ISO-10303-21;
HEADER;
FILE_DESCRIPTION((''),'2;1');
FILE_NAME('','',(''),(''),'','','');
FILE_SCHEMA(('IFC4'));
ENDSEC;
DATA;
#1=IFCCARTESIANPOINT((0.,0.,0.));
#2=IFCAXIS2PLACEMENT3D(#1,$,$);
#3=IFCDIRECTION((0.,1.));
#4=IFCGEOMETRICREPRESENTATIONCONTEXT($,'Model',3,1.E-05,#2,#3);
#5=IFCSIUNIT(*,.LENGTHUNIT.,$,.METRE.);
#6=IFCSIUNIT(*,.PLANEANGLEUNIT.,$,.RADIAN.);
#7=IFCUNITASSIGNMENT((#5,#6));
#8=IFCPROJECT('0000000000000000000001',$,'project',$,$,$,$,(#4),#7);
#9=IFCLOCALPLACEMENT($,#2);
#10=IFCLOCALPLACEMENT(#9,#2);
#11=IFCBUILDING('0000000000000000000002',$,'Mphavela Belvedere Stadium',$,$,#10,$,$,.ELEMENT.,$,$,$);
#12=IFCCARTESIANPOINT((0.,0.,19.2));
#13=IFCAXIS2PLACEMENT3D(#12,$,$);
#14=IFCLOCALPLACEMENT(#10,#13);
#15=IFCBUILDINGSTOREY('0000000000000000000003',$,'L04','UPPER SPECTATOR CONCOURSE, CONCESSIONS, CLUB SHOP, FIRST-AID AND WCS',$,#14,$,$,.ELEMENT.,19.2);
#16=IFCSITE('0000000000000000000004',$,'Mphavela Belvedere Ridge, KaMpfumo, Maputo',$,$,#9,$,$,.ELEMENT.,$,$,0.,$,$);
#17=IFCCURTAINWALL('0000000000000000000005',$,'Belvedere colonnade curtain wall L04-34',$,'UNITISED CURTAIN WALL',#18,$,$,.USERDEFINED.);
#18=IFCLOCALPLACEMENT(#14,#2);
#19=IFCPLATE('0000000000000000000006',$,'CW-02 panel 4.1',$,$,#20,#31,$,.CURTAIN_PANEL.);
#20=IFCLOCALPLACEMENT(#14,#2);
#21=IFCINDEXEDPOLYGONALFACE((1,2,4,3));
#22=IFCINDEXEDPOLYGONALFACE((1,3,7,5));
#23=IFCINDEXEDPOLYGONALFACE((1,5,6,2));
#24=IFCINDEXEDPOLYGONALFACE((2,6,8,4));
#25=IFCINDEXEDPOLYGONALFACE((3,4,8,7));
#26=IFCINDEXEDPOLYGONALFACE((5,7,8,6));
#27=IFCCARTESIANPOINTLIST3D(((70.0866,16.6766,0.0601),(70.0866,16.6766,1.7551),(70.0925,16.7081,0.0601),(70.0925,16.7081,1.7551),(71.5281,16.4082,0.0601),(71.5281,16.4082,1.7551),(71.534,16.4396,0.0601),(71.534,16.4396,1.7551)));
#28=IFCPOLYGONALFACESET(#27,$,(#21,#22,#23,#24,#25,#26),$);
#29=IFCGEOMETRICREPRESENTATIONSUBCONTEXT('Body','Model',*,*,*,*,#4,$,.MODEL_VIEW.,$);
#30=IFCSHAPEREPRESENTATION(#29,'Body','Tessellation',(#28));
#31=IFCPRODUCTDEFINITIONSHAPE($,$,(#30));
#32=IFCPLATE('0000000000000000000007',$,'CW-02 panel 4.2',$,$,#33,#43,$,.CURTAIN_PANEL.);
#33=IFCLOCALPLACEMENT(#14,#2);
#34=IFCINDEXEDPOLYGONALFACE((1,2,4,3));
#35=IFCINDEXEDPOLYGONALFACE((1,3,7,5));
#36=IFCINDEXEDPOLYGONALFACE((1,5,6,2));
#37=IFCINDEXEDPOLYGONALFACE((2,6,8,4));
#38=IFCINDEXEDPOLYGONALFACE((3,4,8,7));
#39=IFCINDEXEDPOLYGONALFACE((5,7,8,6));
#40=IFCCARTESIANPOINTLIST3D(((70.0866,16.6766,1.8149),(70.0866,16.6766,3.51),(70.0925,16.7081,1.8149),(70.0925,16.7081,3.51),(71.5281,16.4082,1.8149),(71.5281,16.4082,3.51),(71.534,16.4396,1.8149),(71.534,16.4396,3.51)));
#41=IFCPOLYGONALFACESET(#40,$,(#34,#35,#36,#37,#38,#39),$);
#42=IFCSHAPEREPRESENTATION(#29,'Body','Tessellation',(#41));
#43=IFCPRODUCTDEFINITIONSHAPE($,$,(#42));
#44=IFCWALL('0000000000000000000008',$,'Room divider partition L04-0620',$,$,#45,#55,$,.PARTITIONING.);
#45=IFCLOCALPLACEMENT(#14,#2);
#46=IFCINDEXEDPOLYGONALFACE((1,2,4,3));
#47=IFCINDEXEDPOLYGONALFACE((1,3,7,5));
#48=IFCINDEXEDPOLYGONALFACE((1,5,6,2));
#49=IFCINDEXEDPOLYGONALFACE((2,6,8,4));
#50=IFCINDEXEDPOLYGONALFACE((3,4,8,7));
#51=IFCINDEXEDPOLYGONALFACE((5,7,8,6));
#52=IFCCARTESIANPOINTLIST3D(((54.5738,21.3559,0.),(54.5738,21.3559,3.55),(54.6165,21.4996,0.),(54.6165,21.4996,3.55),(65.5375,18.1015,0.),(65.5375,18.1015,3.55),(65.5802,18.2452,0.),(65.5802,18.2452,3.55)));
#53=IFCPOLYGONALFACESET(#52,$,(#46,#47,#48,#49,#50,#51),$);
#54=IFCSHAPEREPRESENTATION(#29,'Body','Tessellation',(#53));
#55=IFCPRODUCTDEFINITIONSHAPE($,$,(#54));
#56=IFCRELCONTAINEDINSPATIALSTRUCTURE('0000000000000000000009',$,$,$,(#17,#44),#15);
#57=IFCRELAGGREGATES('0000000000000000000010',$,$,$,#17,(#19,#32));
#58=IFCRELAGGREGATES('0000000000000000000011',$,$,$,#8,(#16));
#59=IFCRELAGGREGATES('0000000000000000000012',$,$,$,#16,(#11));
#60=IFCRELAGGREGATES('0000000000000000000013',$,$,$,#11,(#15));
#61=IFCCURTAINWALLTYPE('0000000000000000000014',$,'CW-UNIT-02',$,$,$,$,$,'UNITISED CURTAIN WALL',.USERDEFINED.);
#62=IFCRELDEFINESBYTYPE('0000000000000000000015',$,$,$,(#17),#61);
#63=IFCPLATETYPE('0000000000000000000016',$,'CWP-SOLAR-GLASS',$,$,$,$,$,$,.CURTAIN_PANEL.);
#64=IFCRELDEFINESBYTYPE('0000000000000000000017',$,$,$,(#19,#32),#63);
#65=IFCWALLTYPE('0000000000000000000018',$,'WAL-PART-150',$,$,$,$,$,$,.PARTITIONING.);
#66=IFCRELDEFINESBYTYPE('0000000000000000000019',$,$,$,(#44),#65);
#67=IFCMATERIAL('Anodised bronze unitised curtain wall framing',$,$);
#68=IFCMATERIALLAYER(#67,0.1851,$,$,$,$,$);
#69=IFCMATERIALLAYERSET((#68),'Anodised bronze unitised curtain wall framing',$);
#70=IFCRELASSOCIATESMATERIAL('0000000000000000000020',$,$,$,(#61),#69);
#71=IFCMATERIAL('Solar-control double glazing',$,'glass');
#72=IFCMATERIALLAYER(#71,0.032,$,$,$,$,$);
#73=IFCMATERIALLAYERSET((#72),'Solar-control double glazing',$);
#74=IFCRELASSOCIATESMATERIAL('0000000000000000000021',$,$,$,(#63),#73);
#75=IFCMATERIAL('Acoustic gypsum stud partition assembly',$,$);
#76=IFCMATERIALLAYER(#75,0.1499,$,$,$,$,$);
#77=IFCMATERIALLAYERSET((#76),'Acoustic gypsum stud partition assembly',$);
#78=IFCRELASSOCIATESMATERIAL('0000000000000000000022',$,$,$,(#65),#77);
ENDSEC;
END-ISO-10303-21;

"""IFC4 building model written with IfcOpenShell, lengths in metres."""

from ifc_helpers import new_model, si_unit, direction, frame, frame_2d, origin, origin_2d, place, context, subcontext, project, spatial, rectangle, extrude, material, layer, layer_set, type_object, element, aggregate, save


model = new_model("IFC4")

# Units and contexts
model_context = context("Model", 3, precision=1e-05, world=origin(), true_north=direction((0.0, 1.0)))
body_context = subcontext(model_context, "Body", "Model", "MODEL_VIEW")
ifc_project = project(units=[si_unit("LENGTHUNIT", "METRE"), si_unit("PLANEANGLEUNIT", "RADIAN")], contexts=[model_context])

# Site, building, storey
site_placement = place(None, origin())
site = spatial("IfcSite", under=ifc_project, at=site_placement, Name="Mphavela Belvedere Ridge, KaMpfumo, Maputo", CompositionType="ELEMENT", RefElevation=0.0)
building_placement = place(site_placement, origin())
building = spatial("IfcBuilding", under=site, at=building_placement, Name="Mphavela Belvedere Stadium", CompositionType="ELEMENT")
storey_placement = place(building_placement, frame((0.0, 0.0, 19.2)))
storey = spatial("IfcBuildingStorey", under=building, at=storey_placement, Name="L04", Description="UPPER SPECTATOR CONCOURSE, CONCESSIONS, CLUB SHOP, FIRST-AID AND WCS", CompositionType="ELEMENT", Elevation=19.2)

# Curtain wall, plates
ifc_material_1 = material(Name="Anodised bronze unitised curtain wall framing")
ifc_layer_1 = layer(ifc_material_1, 0.1851)
ifc_layer_set_1 = layer_set([ifc_layer_1], Name="Anodised bronze unitised curtain wall framing")
curtain_wall_type = type_object("IfcCurtainWallType", Name="CW-UNIT-02", ElementType="UNITISED CURTAIN WALL", PredefinedType="USERDEFINED", material=ifc_layer_set_1)
curtain_wall_placement = place(storey_placement, origin())
curtain_wall = element("IfcCurtainWall", 1, at=curtain_wall_placement, inside=storey, type_object=curtain_wall_type, Name="Belvedere colonnade curtain wall L04-34", ObjectType="UNITISED CURTAIN WALL", PredefinedType="USERDEFINED")
ifc_material_2 = material(Name="Solar-control double glazing", Category="glass")
ifc_layer_2 = layer(ifc_material_2, 0.032)
ifc_layer_set_2 = layer_set([ifc_layer_2], Name="Solar-control double glazing")
plate_type = type_object("IfcPlateType", Name="CWP-SOLAR-GLASS", PredefinedType="CURTAIN_PANEL", material=ifc_layer_set_2)
plate_1_placement = place(storey_placement, frame((70.8103, 16.5581, 0.0601), z_axis=(0.0, 0.0, 1.0), x_axis=(0.983096, -0.183091, 0.0)))
plate_1 = element("IfcPlate", 2, at=plate_1_placement, type_object=plate_type, Name="CW-02 panel 4.1", PredefinedType="CURTAIN_PANEL", context=body_context, shape_type="SweptSolid", body=[
    extrude(rectangle(XDim=1.4663, YDim=0.032, at=origin_2d()), origin(), (0.0, 0.0, 1.0), 1.6951),
])
plate_2_placement = place(storey_placement, frame((70.8103, 16.5581, 1.8149), z_axis=(0.0, 0.0, 1.0), x_axis=(0.983096, -0.183091, 0.0)))
plate_2 = element("IfcPlate", 3, at=plate_2_placement, type_object=plate_type, Name="CW-02 panel 4.2", PredefinedType="CURTAIN_PANEL", context=body_context, shape_type="SweptSolid", body=[
    extrude(rectangle(XDim=1.4663, YDim=0.032, at=origin_2d()), origin(), (0.0, 0.0, 1.0), 1.6951),
])
aggregate(curtain_wall, [plate_1, plate_2])

# Wall
ifc_material_3 = material(Name="Acoustic gypsum stud partition assembly")
ifc_layer_3 = layer(ifc_material_3, 0.1499)
ifc_layer_set_3 = layer_set([ifc_layer_3], Name="Acoustic gypsum stud partition assembly")
wall_type = type_object("IfcWallType", Name="WAL-PART-150", PredefinedType="PARTITIONING", material=ifc_layer_set_3)
wall_placement = place(storey_placement, frame((65.5588, 18.1733, 0.0), z_axis=(0.0, 0.0, 1.0), x_axis=(-0.958657, 0.284564, 0.0)))
element("IfcWall", 4, at=wall_placement, inside=storey, type_object=wall_type, Name="Room divider partition L04-0620", PredefinedType="PARTITIONING", context=body_context, shape_type="SweptSolid", body=[
    extrude(rectangle(XDim=11.4365, YDim=0.1499, at=frame_2d((5.7183, 0.0))), origin(), (0.0, 0.0, 1.0), 3.55),
])

save(model, "model.ifc")
